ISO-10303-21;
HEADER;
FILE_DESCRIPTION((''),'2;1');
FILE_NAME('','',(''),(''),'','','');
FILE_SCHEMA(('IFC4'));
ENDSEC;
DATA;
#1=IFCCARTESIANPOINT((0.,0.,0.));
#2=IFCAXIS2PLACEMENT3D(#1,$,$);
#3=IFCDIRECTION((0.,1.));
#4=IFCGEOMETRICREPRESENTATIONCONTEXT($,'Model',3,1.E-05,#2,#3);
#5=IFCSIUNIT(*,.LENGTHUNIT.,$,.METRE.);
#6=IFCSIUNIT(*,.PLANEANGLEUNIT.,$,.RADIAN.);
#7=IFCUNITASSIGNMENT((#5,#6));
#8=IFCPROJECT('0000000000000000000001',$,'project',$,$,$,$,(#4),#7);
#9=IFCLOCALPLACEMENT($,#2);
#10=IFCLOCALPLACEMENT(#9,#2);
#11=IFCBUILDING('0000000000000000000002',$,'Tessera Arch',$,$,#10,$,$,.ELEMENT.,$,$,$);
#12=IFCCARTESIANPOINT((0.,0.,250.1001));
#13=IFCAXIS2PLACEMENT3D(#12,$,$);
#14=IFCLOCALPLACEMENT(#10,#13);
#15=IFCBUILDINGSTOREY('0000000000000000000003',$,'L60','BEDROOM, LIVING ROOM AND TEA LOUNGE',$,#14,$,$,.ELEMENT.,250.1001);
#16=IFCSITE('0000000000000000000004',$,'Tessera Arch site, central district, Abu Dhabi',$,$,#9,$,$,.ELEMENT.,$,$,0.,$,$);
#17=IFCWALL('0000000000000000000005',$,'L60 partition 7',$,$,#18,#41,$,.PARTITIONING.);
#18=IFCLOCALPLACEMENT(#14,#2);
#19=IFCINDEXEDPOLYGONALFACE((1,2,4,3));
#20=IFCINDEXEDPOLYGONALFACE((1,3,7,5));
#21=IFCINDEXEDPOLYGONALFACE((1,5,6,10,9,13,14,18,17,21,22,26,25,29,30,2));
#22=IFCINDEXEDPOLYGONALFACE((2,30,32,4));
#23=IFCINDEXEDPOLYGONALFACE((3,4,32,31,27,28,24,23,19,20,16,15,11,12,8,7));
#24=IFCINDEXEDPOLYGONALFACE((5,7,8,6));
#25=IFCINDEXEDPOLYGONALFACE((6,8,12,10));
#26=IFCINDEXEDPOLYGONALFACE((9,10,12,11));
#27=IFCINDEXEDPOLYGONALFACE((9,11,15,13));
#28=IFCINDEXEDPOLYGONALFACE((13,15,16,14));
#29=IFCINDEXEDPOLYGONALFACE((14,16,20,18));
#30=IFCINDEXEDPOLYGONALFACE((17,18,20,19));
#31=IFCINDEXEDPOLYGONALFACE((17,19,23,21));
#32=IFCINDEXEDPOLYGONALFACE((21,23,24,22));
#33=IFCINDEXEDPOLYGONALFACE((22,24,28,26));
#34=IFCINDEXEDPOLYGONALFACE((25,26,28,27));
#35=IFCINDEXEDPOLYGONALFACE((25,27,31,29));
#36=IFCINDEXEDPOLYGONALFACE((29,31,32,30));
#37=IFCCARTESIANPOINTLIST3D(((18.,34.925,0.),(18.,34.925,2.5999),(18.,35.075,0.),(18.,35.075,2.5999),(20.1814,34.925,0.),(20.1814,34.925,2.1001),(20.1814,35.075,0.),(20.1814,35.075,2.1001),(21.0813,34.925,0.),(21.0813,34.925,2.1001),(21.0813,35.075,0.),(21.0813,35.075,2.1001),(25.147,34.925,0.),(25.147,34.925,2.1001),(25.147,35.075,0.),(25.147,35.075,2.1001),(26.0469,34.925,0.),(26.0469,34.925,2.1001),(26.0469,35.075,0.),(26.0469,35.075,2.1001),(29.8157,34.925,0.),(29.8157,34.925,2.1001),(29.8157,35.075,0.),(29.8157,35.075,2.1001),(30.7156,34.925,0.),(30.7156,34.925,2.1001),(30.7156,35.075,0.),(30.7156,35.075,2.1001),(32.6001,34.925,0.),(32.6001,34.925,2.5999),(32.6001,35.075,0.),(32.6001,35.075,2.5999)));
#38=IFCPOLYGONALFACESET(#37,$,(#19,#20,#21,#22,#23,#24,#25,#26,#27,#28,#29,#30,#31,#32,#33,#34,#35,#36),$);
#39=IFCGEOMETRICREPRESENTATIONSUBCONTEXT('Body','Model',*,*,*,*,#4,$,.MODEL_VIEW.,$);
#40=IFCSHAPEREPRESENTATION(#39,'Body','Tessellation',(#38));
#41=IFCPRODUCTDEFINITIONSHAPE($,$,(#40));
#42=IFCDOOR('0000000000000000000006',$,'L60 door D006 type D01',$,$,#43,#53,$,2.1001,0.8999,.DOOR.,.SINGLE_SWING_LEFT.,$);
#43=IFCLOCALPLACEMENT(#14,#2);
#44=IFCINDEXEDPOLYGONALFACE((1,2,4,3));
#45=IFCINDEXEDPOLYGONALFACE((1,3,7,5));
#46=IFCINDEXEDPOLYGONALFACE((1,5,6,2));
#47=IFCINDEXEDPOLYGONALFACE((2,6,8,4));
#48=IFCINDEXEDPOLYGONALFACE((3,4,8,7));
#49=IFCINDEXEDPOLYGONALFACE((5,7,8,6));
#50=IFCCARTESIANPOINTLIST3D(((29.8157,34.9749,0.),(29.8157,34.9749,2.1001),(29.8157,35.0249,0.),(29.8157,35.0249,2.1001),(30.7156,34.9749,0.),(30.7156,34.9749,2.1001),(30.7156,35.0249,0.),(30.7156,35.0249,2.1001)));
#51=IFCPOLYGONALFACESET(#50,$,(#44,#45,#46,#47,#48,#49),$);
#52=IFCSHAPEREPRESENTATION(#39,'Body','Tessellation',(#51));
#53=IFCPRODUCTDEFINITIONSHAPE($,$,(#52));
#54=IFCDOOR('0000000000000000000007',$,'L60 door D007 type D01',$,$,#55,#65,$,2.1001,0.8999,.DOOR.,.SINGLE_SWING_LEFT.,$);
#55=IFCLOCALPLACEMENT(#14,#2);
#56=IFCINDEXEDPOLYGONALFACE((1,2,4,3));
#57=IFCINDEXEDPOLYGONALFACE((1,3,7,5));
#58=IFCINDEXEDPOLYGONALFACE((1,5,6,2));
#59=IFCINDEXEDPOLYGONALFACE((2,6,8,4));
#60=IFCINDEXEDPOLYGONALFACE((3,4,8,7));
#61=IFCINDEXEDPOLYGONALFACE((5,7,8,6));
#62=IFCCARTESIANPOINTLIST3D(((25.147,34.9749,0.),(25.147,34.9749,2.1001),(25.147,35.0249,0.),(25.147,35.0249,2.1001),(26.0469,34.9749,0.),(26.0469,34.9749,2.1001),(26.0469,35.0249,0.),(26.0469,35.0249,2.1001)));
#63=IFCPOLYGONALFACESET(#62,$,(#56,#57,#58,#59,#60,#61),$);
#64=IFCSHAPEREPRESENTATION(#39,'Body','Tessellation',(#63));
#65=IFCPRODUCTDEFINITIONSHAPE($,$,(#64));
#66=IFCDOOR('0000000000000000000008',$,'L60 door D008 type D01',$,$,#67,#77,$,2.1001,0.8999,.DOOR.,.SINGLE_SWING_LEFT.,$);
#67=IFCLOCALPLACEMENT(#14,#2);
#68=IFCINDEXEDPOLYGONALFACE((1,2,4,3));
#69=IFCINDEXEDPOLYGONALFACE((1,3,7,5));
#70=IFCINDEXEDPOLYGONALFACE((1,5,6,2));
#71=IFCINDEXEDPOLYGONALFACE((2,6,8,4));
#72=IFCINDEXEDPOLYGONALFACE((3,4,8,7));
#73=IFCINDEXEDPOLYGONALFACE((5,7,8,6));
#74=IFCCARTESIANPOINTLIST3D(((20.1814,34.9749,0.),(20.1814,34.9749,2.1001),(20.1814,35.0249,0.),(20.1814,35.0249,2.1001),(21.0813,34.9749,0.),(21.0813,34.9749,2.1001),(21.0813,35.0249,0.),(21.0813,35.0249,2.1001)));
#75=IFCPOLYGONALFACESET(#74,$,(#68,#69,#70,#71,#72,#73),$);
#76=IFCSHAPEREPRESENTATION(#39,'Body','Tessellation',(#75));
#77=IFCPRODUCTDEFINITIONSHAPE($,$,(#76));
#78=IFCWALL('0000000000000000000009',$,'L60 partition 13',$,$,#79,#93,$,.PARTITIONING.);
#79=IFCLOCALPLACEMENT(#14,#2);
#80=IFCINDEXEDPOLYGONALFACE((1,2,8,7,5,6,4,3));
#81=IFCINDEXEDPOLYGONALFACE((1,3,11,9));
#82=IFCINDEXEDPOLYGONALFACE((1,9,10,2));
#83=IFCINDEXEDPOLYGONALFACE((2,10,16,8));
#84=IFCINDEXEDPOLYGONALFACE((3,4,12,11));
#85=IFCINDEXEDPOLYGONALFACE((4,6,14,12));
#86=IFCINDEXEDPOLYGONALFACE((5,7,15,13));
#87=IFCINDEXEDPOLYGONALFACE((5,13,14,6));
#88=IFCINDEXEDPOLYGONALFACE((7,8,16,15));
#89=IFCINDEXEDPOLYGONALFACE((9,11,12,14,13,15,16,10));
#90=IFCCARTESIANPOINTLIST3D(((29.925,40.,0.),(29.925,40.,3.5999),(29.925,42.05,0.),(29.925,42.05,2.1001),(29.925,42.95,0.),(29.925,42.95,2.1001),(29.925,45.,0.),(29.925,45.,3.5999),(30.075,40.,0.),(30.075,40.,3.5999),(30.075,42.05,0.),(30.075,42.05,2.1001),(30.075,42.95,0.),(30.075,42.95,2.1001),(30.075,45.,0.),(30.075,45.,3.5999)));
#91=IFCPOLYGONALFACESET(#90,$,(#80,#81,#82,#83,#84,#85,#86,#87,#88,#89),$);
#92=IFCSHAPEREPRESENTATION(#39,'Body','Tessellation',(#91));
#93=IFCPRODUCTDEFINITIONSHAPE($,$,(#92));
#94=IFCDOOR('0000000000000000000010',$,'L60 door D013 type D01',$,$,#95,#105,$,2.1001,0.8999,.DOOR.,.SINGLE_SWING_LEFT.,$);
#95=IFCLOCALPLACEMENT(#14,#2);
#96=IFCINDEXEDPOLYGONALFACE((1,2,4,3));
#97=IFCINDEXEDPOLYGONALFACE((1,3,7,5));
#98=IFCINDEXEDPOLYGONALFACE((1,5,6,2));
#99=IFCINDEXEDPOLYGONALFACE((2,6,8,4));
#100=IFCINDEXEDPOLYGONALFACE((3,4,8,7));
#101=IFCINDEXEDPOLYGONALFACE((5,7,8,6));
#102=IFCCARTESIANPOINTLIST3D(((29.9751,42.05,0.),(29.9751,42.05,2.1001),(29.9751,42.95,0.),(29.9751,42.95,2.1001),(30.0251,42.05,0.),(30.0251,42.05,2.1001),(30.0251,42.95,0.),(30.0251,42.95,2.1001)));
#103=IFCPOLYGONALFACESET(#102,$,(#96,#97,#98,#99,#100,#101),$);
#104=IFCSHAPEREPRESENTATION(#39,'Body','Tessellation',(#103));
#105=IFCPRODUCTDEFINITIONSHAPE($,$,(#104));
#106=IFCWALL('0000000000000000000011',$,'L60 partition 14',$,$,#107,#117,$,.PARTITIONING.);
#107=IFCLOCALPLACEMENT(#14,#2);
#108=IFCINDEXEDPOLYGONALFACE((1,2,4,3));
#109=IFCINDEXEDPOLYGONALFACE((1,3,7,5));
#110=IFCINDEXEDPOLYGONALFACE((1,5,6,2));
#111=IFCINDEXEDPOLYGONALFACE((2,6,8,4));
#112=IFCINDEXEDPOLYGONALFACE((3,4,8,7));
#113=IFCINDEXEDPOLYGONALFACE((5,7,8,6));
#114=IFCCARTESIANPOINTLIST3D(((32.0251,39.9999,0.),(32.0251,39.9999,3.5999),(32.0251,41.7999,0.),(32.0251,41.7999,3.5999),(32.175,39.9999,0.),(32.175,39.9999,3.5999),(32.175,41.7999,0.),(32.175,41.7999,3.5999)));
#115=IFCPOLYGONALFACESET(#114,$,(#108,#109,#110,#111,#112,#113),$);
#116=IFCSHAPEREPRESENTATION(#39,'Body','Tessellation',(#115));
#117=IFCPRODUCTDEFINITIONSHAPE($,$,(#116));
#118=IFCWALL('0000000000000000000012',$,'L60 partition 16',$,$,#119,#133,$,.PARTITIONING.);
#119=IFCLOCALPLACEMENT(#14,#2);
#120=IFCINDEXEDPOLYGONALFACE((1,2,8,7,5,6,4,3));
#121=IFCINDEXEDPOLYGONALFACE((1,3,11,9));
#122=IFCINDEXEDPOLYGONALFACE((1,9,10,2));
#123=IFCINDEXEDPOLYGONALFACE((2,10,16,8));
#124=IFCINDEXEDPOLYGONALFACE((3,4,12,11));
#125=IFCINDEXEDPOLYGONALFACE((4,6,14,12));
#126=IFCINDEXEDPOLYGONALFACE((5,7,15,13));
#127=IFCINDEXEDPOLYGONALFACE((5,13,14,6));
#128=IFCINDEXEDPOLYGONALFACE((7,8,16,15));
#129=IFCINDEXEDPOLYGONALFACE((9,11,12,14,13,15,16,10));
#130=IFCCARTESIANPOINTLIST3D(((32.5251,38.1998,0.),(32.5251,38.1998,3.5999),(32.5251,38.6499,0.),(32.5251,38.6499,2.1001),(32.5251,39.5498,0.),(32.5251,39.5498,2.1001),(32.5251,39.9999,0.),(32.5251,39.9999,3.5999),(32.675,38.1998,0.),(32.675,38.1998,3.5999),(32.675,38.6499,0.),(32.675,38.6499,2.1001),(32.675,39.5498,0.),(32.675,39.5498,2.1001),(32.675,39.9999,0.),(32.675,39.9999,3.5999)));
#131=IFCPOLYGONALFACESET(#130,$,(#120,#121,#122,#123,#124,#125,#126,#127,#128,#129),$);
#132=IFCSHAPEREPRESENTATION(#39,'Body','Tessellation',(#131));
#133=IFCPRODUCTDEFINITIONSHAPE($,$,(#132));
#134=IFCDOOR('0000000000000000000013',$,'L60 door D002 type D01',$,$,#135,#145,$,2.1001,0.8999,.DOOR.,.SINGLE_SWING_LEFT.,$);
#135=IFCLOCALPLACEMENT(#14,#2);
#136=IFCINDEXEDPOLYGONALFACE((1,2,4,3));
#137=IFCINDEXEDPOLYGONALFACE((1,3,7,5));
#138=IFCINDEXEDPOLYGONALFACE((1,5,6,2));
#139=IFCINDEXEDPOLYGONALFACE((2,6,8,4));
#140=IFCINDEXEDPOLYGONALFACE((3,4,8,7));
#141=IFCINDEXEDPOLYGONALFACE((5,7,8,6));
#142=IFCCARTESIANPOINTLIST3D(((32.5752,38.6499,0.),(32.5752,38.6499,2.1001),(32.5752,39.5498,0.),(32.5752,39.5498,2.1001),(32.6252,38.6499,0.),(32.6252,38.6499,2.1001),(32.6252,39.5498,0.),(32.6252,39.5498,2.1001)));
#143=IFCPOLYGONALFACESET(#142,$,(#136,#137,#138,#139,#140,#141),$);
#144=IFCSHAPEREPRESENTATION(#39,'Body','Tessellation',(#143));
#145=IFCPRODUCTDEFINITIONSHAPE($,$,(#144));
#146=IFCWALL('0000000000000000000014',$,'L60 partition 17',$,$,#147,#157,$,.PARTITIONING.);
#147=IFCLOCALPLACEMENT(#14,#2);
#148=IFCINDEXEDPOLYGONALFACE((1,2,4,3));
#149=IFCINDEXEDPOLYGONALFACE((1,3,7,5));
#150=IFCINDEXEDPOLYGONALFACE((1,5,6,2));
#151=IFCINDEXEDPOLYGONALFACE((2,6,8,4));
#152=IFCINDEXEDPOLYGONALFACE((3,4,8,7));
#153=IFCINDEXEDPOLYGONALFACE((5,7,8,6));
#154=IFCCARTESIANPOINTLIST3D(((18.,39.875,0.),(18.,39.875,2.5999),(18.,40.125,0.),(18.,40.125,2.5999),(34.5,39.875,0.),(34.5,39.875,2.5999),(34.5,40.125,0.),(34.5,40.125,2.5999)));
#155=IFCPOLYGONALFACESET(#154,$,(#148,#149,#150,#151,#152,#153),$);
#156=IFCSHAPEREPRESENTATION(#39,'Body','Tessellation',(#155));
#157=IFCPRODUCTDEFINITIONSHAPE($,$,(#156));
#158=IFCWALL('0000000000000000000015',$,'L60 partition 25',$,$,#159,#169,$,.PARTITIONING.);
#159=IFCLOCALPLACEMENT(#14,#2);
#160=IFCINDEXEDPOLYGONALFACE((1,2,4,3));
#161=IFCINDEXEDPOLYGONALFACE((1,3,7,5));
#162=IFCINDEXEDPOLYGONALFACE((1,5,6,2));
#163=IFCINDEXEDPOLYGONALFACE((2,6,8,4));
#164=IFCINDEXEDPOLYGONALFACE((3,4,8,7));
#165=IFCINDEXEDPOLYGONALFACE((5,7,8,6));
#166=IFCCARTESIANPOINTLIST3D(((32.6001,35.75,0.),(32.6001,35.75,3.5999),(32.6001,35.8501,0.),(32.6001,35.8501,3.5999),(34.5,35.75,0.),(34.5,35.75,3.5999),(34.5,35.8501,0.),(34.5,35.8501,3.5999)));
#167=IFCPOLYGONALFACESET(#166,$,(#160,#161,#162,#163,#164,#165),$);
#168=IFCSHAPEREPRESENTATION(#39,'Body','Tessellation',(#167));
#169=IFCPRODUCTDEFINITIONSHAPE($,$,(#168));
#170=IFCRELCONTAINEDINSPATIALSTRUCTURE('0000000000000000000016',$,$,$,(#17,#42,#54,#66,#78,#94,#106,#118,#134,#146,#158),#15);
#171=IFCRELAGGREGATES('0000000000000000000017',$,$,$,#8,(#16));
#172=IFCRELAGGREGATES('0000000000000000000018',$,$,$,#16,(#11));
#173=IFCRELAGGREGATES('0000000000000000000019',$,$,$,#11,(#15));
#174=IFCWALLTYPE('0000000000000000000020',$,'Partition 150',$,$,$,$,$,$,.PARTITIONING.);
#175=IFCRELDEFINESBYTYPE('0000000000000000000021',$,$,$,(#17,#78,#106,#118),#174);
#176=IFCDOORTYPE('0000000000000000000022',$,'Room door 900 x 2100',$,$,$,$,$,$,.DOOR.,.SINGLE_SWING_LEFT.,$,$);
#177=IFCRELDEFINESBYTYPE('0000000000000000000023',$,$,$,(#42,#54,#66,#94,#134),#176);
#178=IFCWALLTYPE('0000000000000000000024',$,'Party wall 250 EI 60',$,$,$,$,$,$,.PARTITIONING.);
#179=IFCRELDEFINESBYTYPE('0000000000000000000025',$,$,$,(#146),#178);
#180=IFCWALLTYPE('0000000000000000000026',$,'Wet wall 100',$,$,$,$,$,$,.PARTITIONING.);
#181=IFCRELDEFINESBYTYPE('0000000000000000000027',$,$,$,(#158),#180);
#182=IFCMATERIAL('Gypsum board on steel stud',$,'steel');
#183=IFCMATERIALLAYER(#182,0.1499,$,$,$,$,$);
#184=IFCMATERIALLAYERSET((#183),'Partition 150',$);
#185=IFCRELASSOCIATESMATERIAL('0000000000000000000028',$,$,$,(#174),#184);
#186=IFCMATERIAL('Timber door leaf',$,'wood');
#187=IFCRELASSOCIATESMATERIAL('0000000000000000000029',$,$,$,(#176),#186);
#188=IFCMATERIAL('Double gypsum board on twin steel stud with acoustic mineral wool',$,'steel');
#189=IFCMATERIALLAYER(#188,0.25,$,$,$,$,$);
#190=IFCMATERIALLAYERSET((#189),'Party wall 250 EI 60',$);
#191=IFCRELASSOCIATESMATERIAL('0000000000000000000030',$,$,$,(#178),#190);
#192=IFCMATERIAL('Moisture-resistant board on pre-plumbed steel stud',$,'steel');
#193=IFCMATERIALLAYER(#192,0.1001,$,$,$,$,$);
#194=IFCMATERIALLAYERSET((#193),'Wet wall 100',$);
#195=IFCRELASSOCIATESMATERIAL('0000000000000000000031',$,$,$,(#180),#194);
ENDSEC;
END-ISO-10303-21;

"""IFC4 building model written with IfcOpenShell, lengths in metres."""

from ifc_helpers import new_model, si_unit, direction, frame, frame_2d, origin, place, context, subcontext, project, spatial, rectangle, extrude, material, layer, layer_set, type_object, element, fill, save


model = new_model("IFC4")

# Units and contexts
model_context = context("Model", 3, precision=1e-05, world=origin(), true_north=direction((0.0, 1.0)))
body_context = subcontext(model_context, "Body", "Model", "MODEL_VIEW")
ifc_project = project(units=[si_unit("LENGTHUNIT", "METRE"), si_unit("PLANEANGLEUNIT", "RADIAN")], contexts=[model_context])

# Site, building, storey
site_placement = place(None, origin())
site = spatial("IfcSite", under=ifc_project, at=site_placement, Name="Tessera Arch site, central district, Abu Dhabi", CompositionType="ELEMENT", RefElevation=0.0)
building_placement = place(site_placement, origin())
building = spatial("IfcBuilding", under=site, at=building_placement, Name="Tessera Arch", CompositionType="ELEMENT")
storey_placement = place(building_placement, frame((0.0, 0.0, 250.1001)))
storey = spatial("IfcBuildingStorey", under=building, at=storey_placement, Name="L60", Description="BEDROOM, LIVING ROOM AND TEA LOUNGE", CompositionType="ELEMENT", Elevation=250.1001)

# Wall, openings, doors
ifc_material_1 = material(Name="Gypsum board on steel stud", Category="steel")
ifc_layer_1 = layer(ifc_material_1, 0.1499)
ifc_layer_set_1 = layer_set([ifc_layer_1], Name="Partition 150")
wall_type_1 = type_object("IfcWallType", Name="Partition 150", PredefinedType="PARTITIONING", material=ifc_layer_set_1)
wall_1_placement = place(storey_placement, frame((18.0, 35.0, 0.0), z_axis=(0.0, 0.0, 1.0), x_axis=(1.0, 0.0, 0.0)))
wall_1 = element("IfcWall", 1, at=wall_1_placement, inside=storey, type_object=wall_type_1, Name="L60 partition 7", PredefinedType="PARTITIONING", context=body_context, shape_type="SweptSolid", body=[
    extrude(rectangle(XDim=14.6001, YDim=0.1499, at=frame_2d((7.3, 0.0))), origin(), (0.0, 0.0, 1.0), 2.5999),
])
opening_1_placement = place(wall_1_placement, frame((11.8157, 0.0, 0.0)))
opening_1 = element("IfcOpeningElement", 2, at=opening_1_placement, cuts=wall_1, PredefinedType="OPENING", context=body_context, shape_type="SweptSolid", body=[
    extrude(rectangle(XDim=0.8999, YDim=2.1001, at=frame_2d((0.45, 1.05))), frame((0.0, 0.085, 0.0), z_axis=(0.0, -1.0, 0.0), x_axis=(1.0, 0.0, 0.0)), (0.0, 0.0, 1.0), 0.1699),
])
opening_2_placement = place(wall_1_placement, frame((7.147, 0.0, 0.0)))
opening_2 = element("IfcOpeningElement", 3, at=opening_2_placement, cuts=wall_1, PredefinedType="OPENING", context=body_context, shape_type="SweptSolid", body=[
    extrude(rectangle(XDim=0.8999, YDim=2.1001, at=frame_2d((0.45, 1.05))), frame((0.0, 0.085, 0.0), z_axis=(0.0, -1.0, 0.0), x_axis=(1.0, 0.0, 0.0)), (0.0, 0.0, 1.0), 0.1699),
])
opening_3_placement = place(wall_1_placement, frame((2.1814, 0.0, 0.0)))
opening_3 = element("IfcOpeningElement", 4, at=opening_3_placement, cuts=wall_1, PredefinedType="OPENING", context=body_context, shape_type="SweptSolid", body=[
    extrude(rectangle(XDim=0.8999, YDim=2.1001, at=frame_2d((0.45, 1.05))), frame((0.0, 0.085, 0.0), z_axis=(0.0, -1.0, 0.0), x_axis=(1.0, 0.0, 0.0)), (0.0, 0.0, 1.0), 0.1699),
])
ifc_material_2 = material(Name="Timber door leaf", Category="wood")
door_type_1 = type_object("IfcDoorType", Name="Room door 900 x 2100", OperationType="SINGLE_SWING_LEFT", PredefinedType="DOOR", material=ifc_material_2)
door_1_placement = place(opening_1_placement, origin())
door_1 = element("IfcDoor", 5, at=door_1_placement, inside=storey, type_object=door_type_1, Name="L60 door D006 type D01", OperationType="SINGLE_SWING_LEFT", OverallHeight=2.1001, OverallWidth=0.8999, PredefinedType="DOOR", context=body_context, shape_type="SweptSolid", body=[
    extrude(rectangle(XDim=0.8999, YDim=2.1001, at=frame_2d((0.45, 1.05))), frame((0.0, 0.0249, 0.0), z_axis=(0.0, -1.0, 0.0), x_axis=(1.0, 0.0, 0.0)), (0.0, 0.0, 1.0), 0.05),
])
fill(opening_1, door_1)
door_2_placement = place(opening_2_placement, origin())
door_2 = element("IfcDoor", 6, at=door_2_placement, inside=storey, type_object=door_type_1, Name="L60 door D007 type D01", OperationType="SINGLE_SWING_LEFT", OverallHeight=2.1001, OverallWidth=0.8999, PredefinedType="DOOR", context=body_context, shape_type="SweptSolid", body=[
    extrude(rectangle(XDim=0.8999, YDim=2.1001, at=frame_2d((0.45, 1.05))), frame((0.0, 0.0249, 0.0), z_axis=(0.0, -1.0, 0.0), x_axis=(1.0, 0.0, 0.0)), (0.0, 0.0, 1.0), 0.05),
])
fill(opening_2, door_2)
door_3_placement = place(opening_3_placement, origin())
door_3 = element("IfcDoor", 7, at=door_3_placement, inside=storey, type_object=door_type_1, Name="L60 door D008 type D01", OperationType="SINGLE_SWING_LEFT", OverallHeight=2.1001, OverallWidth=0.8999, PredefinedType="DOOR", context=body_context, shape_type="SweptSolid", body=[
    extrude(rectangle(XDim=0.8999, YDim=2.1001, at=frame_2d((0.45, 1.05))), frame((0.0, 0.0249, 0.0), z_axis=(0.0, -1.0, 0.0), x_axis=(1.0, 0.0, 0.0)), (0.0, 0.0, 1.0), 0.05),
])
fill(opening_3, door_3)

# Wall, opening, door
wall_2_placement = place(storey_placement, frame((30.0, 40.0, 0.0), z_axis=(0.0, 0.0, 1.0), x_axis=(0.0, 1.0, 0.0)))
wall_2 = element("IfcWall", 8, at=wall_2_placement, inside=storey, type_object=wall_type_1, Name="L60 partition 13", PredefinedType="PARTITIONING", context=body_context, shape_type="SweptSolid", body=[
    extrude(rectangle(XDim=5.0, YDim=0.1499, at=frame_2d((2.5, 0.0))), origin(), (0.0, 0.0, 1.0), 3.5999),
])
opening_4_placement = place(wall_2_placement, frame((2.05, 0.0, 0.0)))
opening_4 = element("IfcOpeningElement", 9, at=opening_4_placement, cuts=wall_2, PredefinedType="OPENING", context=body_context, shape_type="SweptSolid", body=[
    extrude(rectangle(XDim=0.8999, YDim=2.1001, at=frame_2d((0.45, 1.05))), frame((0.0, 0.085, 0.0), z_axis=(0.0, -1.0, 0.0), x_axis=(1.0, 0.0, 0.0)), (0.0, 0.0, 1.0), 0.1699),
])
door_4_placement = place(opening_4_placement, origin())
door_4 = element("IfcDoor", 10, at=door_4_placement, inside=storey, type_object=door_type_1, Name="L60 door D013 type D01", OperationType="SINGLE_SWING_LEFT", OverallHeight=2.1001, OverallWidth=0.8999, PredefinedType="DOOR", context=body_context, shape_type="SweptSolid", body=[
    extrude(rectangle(XDim=0.8999, YDim=2.1001, at=frame_2d((0.45, 1.05))), frame((0.0, 0.0249, 0.0), z_axis=(0.0, -1.0, 0.0), x_axis=(1.0, 0.0, 0.0)), (0.0, 0.0, 1.0), 0.05),
])
fill(opening_4, door_4)

# Wall
wall_3_placement = place(storey_placement, frame((32.1001, 40.0, 0.0), z_axis=(0.0, 0.0, 1.0), x_axis=(0.0, 1.0, 0.0)))
element("IfcWall", 11, at=wall_3_placement, inside=storey, type_object=wall_type_1, Name="L60 partition 14", PredefinedType="PARTITIONING", context=body_context, shape_type="SweptSolid", body=[
    extrude(rectangle(XDim=1.8, YDim=0.1499, at=frame_2d((0.8999, 0.0))), origin(), (0.0, 0.0, 1.0), 3.5999),
])

# Wall, opening, door
wall_4_placement = place(storey_placement, frame((32.6001, 38.2, 0.0), z_axis=(0.0, 0.0, 1.0), x_axis=(0.0, 1.0, 0.0)))
wall_4 = element("IfcWall", 12, at=wall_4_placement, inside=storey, type_object=wall_type_1, Name="L60 partition 16", PredefinedType="PARTITIONING", context=body_context, shape_type="SweptSolid", body=[
    extrude(rectangle(XDim=1.8, YDim=0.1499, at=frame_2d((0.8999, 0.0))), origin(), (0.0, 0.0, 1.0), 3.5999),
])
opening_5_placement = place(wall_4_placement, frame((0.45, 0.0, 0.0)))
opening_5 = element("IfcOpeningElement", 13, at=opening_5_placement, cuts=wall_4, PredefinedType="OPENING", context=body_context, shape_type="SweptSolid", body=[
    extrude(rectangle(XDim=0.8999, YDim=2.1001, at=frame_2d((0.45, 1.05))), frame((0.0, 0.085, 0.0), z_axis=(0.0, -1.0, 0.0), x_axis=(1.0, 0.0, 0.0)), (0.0, 0.0, 1.0), 0.1699),
])
door_5_placement = place(opening_5_placement, origin())
door_5 = element("IfcDoor", 14, at=door_5_placement, inside=storey, type_object=door_type_1, Name="L60 door D002 type D01", OperationType="SINGLE_SWING_LEFT", OverallHeight=2.1001, OverallWidth=0.8999, PredefinedType="DOOR", context=body_context, shape_type="SweptSolid", body=[
    extrude(rectangle(XDim=0.8999, YDim=2.1001, at=frame_2d((0.45, 1.05))), frame((0.0, 0.0249, 0.0), z_axis=(0.0, -1.0, 0.0), x_axis=(1.0, 0.0, 0.0)), (0.0, 0.0, 1.0), 0.05),
])
fill(opening_5, door_5)

# Walls
ifc_material_3 = material(Name="Double gypsum board on twin steel stud with acoustic mineral wool", Category="steel")
ifc_layer_2 = layer(ifc_material_3, 0.25)
ifc_layer_set_2 = layer_set([ifc_layer_2], Name="Party wall 250 EI 60")
wall_type_2 = type_object("IfcWallType", Name="Party wall 250 EI 60", PredefinedType="PARTITIONING", material=ifc_layer_set_2)
wall_5_placement = place(storey_placement, frame((18.0, 40.0, 0.0), z_axis=(0.0, 0.0, 1.0), x_axis=(1.0, 0.0, 0.0)))
element("IfcWall", 15, at=wall_5_placement, inside=storey, type_object=wall_type_2, Name="L60 partition 17", PredefinedType="PARTITIONING", context=body_context, shape_type="SweptSolid", body=[
    extrude(rectangle(XDim=16.5, YDim=0.25, at=frame_2d((8.25, 0.0))), origin(), (0.0, 0.0, 1.0), 2.5999),
])
ifc_material_4 = material(Name="Moisture-resistant board on pre-plumbed steel stud", Category="steel")
ifc_layer_3 = layer(ifc_material_4, 0.1001)
ifc_layer_set_3 = layer_set([ifc_layer_3], Name="Wet wall 100")
wall_type_3 = type_object("IfcWallType", Name="Wet wall 100", PredefinedType="PARTITIONING", material=ifc_layer_set_3)
wall_6_placement = place(storey_placement, frame((32.6001, 35.8, 0.0), z_axis=(0.0, 0.0, 1.0), x_axis=(1.0, 0.0, 0.0)))
element("IfcWall", 16, at=wall_6_placement, inside=storey, type_object=wall_type_3, Name="L60 partition 25", PredefinedType="PARTITIONING", context=body_context, shape_type="SweptSolid", body=[
    extrude(rectangle(XDim=1.8999, YDim=0.1001, at=frame_2d((0.95, 0.0))), origin(), (0.0, 0.0, 1.0), 3.5999),
])

save(model, "model.ifc")
